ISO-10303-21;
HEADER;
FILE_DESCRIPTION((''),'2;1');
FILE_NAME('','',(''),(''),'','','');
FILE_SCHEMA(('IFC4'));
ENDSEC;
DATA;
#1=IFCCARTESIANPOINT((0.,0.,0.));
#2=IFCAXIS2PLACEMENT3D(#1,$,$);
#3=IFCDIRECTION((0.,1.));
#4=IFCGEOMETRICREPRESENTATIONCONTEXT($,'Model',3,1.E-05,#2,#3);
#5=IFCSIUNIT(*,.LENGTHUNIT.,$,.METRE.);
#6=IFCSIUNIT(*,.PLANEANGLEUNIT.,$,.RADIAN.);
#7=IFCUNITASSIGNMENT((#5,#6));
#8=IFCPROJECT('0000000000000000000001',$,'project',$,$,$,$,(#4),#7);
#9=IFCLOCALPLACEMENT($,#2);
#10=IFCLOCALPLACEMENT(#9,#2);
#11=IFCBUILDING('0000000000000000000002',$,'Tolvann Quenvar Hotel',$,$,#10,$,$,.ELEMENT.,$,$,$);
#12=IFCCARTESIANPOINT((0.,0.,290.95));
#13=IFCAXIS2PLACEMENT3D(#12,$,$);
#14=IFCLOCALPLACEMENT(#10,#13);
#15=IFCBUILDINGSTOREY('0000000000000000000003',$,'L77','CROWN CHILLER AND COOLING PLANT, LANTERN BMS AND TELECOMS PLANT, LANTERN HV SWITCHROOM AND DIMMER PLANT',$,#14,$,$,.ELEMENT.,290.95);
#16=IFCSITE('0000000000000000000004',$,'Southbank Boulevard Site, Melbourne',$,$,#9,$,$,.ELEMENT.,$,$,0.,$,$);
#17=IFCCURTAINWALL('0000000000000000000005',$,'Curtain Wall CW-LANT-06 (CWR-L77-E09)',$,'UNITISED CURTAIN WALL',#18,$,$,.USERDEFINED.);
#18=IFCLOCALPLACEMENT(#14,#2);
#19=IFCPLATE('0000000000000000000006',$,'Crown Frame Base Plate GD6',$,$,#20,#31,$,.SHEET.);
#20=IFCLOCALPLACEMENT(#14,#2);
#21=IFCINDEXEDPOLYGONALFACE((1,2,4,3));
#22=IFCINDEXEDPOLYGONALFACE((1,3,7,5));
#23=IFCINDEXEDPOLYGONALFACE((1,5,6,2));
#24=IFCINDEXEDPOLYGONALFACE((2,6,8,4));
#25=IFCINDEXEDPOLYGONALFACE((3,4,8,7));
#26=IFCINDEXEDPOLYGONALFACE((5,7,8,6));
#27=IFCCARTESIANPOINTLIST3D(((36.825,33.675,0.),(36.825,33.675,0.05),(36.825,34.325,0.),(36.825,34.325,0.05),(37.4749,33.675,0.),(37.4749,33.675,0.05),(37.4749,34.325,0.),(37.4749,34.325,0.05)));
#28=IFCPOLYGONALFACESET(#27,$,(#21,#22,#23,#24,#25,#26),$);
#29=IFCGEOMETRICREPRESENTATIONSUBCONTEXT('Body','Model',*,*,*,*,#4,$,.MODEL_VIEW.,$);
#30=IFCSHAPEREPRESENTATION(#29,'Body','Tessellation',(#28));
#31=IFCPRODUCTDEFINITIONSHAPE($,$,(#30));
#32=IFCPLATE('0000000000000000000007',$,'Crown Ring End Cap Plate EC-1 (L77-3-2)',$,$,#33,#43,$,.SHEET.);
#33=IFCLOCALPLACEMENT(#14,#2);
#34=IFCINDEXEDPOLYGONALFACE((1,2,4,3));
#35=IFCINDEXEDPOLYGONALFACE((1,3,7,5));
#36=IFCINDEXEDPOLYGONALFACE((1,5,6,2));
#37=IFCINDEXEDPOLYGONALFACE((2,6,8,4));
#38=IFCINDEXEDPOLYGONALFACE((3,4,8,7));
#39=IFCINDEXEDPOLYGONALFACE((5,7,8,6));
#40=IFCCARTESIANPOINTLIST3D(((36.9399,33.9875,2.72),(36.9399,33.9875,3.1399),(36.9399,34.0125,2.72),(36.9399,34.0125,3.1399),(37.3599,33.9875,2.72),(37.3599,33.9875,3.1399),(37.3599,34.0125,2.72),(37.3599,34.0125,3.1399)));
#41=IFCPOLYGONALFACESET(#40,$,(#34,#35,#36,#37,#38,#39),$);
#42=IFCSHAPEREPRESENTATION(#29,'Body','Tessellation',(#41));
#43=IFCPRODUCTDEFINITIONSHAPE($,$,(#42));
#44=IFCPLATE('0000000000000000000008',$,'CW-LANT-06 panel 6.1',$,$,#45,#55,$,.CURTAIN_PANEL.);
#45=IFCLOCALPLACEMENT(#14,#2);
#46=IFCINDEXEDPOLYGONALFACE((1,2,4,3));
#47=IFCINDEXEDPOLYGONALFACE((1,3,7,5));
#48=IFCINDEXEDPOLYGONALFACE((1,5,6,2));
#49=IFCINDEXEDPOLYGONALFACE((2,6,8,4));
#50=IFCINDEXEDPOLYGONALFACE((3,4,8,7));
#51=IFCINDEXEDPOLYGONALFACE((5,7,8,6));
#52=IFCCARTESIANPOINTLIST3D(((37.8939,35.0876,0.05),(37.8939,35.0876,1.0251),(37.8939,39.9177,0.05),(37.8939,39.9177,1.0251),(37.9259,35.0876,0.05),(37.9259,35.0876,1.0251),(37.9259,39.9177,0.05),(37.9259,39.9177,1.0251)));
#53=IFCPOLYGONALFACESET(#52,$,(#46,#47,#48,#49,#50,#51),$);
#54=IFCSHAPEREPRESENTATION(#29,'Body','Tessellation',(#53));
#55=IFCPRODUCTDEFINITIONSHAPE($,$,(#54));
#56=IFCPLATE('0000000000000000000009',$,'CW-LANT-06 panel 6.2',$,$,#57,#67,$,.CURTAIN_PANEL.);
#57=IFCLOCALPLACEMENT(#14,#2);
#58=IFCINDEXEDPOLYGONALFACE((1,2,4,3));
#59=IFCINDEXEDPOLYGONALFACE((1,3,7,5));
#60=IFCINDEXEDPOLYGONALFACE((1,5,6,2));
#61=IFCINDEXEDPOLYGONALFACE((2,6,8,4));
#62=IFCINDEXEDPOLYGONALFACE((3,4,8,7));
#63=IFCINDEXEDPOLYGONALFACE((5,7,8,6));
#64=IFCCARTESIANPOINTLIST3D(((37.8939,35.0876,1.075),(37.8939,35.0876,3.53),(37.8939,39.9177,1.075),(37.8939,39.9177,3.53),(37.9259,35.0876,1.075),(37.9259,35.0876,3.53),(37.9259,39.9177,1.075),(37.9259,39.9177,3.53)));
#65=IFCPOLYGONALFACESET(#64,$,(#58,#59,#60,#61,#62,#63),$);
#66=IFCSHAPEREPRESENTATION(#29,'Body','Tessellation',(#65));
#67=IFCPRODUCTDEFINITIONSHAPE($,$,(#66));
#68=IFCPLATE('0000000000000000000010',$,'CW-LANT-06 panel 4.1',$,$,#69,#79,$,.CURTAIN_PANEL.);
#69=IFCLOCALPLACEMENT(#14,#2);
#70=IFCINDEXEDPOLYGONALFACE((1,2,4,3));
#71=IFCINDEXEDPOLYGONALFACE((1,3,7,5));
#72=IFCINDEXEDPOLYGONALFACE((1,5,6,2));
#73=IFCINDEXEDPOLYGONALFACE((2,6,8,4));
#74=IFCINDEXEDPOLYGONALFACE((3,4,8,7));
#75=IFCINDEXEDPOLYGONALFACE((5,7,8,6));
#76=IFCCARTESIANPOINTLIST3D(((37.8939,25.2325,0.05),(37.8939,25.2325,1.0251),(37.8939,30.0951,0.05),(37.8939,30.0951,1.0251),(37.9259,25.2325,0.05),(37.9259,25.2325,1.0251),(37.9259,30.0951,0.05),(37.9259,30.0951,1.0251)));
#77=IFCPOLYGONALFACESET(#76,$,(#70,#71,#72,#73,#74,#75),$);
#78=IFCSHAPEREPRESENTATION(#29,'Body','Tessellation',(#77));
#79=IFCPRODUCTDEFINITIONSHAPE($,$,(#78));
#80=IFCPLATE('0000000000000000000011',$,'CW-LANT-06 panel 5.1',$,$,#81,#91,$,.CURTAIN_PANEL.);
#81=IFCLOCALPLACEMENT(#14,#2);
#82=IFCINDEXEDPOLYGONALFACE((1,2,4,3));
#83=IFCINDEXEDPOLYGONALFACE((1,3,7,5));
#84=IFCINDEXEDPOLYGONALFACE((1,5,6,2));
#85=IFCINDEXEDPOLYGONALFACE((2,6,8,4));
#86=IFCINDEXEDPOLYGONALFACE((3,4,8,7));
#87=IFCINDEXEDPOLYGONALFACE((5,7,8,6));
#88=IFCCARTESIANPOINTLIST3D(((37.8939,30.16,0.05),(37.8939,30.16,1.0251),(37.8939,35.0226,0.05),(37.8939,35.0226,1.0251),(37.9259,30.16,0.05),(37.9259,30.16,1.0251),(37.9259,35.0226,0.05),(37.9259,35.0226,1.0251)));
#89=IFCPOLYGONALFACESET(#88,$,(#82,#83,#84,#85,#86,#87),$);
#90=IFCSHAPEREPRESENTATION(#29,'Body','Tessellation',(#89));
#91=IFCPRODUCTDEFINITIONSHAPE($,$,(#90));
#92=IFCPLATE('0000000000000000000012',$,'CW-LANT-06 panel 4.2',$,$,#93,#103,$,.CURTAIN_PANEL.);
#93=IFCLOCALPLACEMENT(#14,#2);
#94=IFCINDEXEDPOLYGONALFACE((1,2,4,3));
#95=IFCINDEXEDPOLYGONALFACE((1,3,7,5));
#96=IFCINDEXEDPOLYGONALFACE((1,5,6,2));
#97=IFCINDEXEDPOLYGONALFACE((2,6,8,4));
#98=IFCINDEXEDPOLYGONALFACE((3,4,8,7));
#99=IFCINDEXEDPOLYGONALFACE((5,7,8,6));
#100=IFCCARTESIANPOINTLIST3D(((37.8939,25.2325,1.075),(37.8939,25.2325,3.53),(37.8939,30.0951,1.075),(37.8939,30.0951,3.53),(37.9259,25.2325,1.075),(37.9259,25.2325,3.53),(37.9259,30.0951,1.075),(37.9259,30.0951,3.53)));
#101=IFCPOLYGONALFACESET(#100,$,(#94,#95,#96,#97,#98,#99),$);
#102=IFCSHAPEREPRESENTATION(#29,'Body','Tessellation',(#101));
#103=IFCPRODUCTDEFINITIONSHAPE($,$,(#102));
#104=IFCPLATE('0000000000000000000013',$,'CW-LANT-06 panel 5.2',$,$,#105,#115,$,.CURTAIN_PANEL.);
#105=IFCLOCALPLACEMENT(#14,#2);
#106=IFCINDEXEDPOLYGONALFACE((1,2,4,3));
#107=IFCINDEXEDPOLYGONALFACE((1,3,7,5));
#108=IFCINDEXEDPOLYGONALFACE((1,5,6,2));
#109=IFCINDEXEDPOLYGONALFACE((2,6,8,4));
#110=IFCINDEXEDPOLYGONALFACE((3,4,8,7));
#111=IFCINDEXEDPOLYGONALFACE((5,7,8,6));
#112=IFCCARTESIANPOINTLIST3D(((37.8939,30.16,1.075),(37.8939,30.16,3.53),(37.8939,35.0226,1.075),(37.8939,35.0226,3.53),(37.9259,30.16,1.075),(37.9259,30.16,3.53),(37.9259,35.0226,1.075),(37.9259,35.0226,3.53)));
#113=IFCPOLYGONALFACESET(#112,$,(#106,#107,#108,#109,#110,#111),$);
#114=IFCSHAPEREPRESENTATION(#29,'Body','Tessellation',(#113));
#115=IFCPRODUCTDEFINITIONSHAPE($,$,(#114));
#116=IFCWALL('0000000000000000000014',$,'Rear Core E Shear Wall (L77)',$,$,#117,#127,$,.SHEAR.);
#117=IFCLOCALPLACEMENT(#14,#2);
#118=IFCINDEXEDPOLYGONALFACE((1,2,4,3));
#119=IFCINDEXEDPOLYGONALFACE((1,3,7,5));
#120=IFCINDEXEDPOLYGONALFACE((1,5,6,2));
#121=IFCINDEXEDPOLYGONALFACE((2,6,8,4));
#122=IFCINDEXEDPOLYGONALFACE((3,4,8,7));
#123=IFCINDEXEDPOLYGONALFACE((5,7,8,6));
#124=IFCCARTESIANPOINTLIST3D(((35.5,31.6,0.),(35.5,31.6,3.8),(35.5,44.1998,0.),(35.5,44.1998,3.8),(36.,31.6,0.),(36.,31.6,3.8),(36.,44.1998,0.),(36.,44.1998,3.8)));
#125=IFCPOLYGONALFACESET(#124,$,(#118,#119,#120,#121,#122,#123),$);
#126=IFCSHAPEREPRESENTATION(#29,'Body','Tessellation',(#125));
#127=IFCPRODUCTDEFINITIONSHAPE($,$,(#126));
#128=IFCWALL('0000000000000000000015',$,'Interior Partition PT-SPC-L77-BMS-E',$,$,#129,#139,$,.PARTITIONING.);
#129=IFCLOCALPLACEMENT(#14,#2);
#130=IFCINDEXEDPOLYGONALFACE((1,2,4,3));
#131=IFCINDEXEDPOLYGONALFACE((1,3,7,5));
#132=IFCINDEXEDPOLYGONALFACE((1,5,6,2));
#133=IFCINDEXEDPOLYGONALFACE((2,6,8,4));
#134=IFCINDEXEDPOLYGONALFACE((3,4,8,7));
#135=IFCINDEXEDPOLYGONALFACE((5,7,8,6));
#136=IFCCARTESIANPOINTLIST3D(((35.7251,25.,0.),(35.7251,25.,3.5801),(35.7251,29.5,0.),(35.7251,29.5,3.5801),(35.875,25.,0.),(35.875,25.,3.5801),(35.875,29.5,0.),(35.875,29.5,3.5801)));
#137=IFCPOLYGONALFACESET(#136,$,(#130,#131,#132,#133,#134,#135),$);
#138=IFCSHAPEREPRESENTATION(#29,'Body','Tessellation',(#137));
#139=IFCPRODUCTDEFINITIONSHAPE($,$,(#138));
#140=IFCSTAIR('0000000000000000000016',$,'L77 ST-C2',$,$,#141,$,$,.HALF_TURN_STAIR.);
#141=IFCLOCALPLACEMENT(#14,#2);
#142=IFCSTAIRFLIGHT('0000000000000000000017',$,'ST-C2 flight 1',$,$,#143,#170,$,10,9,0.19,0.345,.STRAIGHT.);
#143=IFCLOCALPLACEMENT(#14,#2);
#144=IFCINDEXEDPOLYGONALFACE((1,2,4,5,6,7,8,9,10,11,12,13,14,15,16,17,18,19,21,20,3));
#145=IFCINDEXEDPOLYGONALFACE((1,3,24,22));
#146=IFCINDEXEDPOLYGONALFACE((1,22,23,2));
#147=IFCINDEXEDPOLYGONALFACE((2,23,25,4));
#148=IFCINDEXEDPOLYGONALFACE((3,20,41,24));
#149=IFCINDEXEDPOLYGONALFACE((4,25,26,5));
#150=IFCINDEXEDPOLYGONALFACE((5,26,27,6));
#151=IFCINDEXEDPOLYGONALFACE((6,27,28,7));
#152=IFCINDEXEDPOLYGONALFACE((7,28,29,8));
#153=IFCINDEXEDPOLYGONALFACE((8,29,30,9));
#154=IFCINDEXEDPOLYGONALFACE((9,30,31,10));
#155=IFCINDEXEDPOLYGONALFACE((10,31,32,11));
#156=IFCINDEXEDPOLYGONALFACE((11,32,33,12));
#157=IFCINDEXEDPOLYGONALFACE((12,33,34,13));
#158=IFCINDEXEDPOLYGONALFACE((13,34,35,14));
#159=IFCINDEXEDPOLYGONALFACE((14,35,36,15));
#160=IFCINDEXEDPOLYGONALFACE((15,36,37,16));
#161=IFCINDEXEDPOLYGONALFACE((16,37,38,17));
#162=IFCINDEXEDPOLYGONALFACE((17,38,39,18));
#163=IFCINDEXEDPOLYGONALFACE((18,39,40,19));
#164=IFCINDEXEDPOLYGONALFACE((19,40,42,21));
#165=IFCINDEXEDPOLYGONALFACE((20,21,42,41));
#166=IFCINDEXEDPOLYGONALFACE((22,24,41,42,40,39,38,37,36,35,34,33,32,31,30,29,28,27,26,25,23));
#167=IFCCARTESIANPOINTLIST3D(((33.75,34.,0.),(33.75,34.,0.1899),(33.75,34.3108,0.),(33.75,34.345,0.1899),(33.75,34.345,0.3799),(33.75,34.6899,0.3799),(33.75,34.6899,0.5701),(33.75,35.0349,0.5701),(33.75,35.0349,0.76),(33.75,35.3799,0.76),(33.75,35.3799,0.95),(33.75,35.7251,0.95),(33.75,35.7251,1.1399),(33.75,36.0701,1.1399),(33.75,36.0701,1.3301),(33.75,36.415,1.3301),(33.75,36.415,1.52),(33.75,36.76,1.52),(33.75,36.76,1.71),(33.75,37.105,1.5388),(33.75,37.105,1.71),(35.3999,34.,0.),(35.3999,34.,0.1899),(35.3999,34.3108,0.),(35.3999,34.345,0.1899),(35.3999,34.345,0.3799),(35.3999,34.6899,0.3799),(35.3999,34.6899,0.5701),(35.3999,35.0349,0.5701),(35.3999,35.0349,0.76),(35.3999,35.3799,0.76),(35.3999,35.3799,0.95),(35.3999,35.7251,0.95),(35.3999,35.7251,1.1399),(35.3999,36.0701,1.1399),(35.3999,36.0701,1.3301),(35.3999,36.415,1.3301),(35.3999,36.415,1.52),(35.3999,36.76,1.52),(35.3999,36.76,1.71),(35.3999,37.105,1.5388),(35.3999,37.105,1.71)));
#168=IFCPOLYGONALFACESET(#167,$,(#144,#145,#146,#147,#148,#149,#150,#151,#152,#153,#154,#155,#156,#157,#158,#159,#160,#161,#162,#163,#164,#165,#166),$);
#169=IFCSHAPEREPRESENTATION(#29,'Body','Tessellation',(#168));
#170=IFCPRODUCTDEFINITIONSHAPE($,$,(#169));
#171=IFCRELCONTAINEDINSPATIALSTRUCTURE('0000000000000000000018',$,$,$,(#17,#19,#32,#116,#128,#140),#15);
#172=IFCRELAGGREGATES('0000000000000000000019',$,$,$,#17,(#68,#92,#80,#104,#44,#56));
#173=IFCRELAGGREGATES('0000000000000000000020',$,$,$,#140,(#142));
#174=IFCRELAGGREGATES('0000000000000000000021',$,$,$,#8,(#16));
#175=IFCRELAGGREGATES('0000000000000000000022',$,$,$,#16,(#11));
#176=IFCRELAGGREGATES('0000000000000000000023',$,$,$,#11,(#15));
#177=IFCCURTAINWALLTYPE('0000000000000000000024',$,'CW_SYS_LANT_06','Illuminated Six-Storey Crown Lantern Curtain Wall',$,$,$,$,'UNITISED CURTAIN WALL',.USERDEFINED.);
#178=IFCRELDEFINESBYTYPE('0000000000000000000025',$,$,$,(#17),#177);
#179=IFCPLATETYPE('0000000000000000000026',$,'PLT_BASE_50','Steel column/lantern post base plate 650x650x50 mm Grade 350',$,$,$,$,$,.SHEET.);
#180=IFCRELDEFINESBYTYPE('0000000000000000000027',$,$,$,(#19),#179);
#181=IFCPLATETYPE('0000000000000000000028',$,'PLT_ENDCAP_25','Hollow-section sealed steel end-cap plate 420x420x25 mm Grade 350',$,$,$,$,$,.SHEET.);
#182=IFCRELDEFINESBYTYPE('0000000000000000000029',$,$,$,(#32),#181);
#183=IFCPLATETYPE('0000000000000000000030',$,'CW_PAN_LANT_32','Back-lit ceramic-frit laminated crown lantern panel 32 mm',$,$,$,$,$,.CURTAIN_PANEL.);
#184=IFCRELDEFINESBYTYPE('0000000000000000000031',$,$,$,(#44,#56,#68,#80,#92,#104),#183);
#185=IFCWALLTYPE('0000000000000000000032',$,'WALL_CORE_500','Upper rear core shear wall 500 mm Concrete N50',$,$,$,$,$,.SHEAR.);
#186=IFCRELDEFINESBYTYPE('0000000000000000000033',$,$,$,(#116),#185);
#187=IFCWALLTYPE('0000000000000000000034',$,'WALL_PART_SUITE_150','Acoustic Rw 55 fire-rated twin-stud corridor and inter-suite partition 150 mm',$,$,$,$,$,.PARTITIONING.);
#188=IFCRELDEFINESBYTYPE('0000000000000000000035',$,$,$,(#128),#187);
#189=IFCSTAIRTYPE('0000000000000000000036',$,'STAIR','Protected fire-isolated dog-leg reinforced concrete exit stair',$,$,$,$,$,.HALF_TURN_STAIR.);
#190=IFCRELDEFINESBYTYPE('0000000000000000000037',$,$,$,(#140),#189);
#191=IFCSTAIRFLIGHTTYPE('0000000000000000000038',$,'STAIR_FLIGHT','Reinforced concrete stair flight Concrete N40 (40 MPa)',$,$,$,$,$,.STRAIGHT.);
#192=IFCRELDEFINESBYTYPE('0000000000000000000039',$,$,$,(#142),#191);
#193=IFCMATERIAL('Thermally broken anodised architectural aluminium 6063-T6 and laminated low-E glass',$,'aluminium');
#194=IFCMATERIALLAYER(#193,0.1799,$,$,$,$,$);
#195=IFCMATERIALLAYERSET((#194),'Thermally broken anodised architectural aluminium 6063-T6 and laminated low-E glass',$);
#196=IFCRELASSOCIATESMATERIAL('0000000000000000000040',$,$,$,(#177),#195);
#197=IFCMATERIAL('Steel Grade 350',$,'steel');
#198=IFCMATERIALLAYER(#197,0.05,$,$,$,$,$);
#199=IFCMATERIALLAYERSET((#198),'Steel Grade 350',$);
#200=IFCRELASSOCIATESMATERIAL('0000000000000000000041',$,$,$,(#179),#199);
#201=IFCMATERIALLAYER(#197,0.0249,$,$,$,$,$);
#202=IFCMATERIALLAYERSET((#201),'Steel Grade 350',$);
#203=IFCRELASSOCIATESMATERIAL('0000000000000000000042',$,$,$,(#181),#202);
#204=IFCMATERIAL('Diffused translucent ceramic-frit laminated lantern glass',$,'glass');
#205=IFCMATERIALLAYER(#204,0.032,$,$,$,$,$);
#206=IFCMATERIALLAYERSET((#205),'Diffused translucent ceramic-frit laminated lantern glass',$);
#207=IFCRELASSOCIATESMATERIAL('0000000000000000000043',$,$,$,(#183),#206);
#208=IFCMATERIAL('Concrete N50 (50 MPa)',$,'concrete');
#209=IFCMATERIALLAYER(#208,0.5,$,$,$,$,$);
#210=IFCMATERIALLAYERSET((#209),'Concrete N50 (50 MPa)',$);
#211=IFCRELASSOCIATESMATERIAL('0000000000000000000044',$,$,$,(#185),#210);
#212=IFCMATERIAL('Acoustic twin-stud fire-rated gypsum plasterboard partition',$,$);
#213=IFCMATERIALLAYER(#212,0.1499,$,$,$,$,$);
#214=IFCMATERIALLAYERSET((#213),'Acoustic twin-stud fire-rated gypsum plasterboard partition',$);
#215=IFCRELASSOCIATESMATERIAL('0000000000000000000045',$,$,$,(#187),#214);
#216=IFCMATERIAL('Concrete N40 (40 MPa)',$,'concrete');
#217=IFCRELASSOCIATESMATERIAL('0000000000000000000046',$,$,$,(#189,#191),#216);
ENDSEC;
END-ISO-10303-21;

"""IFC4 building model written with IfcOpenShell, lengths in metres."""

from ifc_helpers import new_model, si_unit, direction, frame, frame_2d, origin, origin_2d, place, context, subcontext, project, spatial, polyline, rectangle, outline, extrude, source, transform, mapped, material, layer, layer_set, type_object, type_shapes, element, aggregate, save


model = new_model("IFC4")

# Units and contexts
model_context = context("Model", 3, precision=1e-05, world=origin(), true_north=direction((0.0, 1.0)))
body_context = subcontext(model_context, "Body", "Model", "MODEL_VIEW")
ifc_project = project(units=[si_unit("LENGTHUNIT", "METRE"), si_unit("PLANEANGLEUNIT", "RADIAN")], contexts=[model_context])

# Site, building, storey
site_placement = place(None, origin())
site = spatial("IfcSite", under=ifc_project, at=site_placement, Name="Southbank Boulevard Site, Melbourne", CompositionType="ELEMENT", RefElevation=0.0)
building_placement = place(site_placement, origin())
building = spatial("IfcBuilding", under=site, at=building_placement, Name="Tolvann Quenvar Hotel", CompositionType="ELEMENT")
storey_placement = place(building_placement, frame((0.0, 0.0, 290.95)))
storey = spatial("IfcBuildingStorey", under=building, at=storey_placement, Name="L77", Description="CROWN CHILLER AND COOLING PLANT, LANTERN BMS AND TELECOMS PLANT, LANTERN HV SWITCHROOM AND DIMMER PLANT", CompositionType="ELEMENT", Elevation=290.95)

# Shared definitions
ifc_material_1 = material(Name="Steel Grade 350", Category="steel")

# Curtain wall
ifc_material_2 = material(Name="Thermally broken anodised architectural aluminium 6063-T6 and laminated low-E glass", Category="aluminium")
ifc_layer_1 = layer(ifc_material_2, 0.1799)
ifc_layer_set_1 = layer_set([ifc_layer_1], Name="Thermally broken anodised architectural aluminium 6063-T6 and laminated low-E glass")
curtain_wall_type = type_object("IfcCurtainWallType", Name="CW_SYS_LANT_06", Description="Illuminated Six-Storey Crown Lantern Curtain Wall", ElementType="UNITISED CURTAIN WALL", PredefinedType="USERDEFINED", material=ifc_layer_set_1)
curtain_wall_placement = place(storey_placement, origin())
curtain_wall = element("IfcCurtainWall", 1, at=curtain_wall_placement, inside=storey, type_object=curtain_wall_type, Name="Curtain Wall CW-LANT-06 (CWR-L77-E09)", ObjectType="UNITISED CURTAIN WALL", PredefinedType="USERDEFINED")

# Plates
ifc_layer_2 = layer(ifc_material_1, 0.05)
ifc_layer_set_2 = layer_set([ifc_layer_2], Name="Steel Grade 350")
plate_type_1 = type_object("IfcPlateType", Name="PLT_BASE_50", Description="Steel column/lantern post base plate 650x650x50 mm Grade 350", PredefinedType="SHEET", material=ifc_layer_set_2)
shared_shape_1 = source(origin(), body_context, "Body", "SweptSolid", [
    extrude(rectangle(XDim=0.6499, YDim=0.6499, at=origin_2d()), origin(), (0.0, 0.0, 1.0), 0.05),
])
type_shapes(plate_type_1, [shared_shape_1])
plate_1_placement = place(storey_placement, frame((37.1499, 34.0, 0.0), z_axis=(0.0, 0.0, 1.0), x_axis=(1.0, 0.0, 0.0)))
element("IfcPlate", 2, at=plate_1_placement, inside=storey, type_object=plate_type_1, Name="Crown Frame Base Plate GD6", PredefinedType="SHEET", context=body_context, shape_type="MappedRepresentation", body=[
    mapped(shared_shape_1, transform((0.0, 0.0, 0.0), x_axis=(1.0, 0.0, 0.0), y_axis=(0.0, 1.0, 0.0), z_axis=(0.0, 0.0, 1.0), scale=1.0)),
])
ifc_layer_3 = layer(ifc_material_1, 0.0249)
ifc_layer_set_3 = layer_set([ifc_layer_3], Name="Steel Grade 350")
plate_type_2 = type_object("IfcPlateType", Name="PLT_ENDCAP_25", Description="Hollow-section sealed steel end-cap plate 420x420x25 mm Grade 350", PredefinedType="SHEET", material=ifc_layer_set_3)
shared_shape_2 = source(origin(), body_context, "Body", "SweptSolid", [
    extrude(rectangle(XDim=0.4199, YDim=0.0249, at=origin_2d()), origin(), (0.0, 0.0, 1.0), 0.4199),
])
type_shapes(plate_type_2, [shared_shape_2])
plate_2_placement = place(storey_placement, frame((37.1499, 34.0, 2.72), z_axis=(0.0, 0.0, 1.0), x_axis=(1.0, 0.0, 0.0)))
element("IfcPlate", 3, at=plate_2_placement, inside=storey, type_object=plate_type_2, Name="Crown Ring End Cap Plate EC-1 (L77-3-2)", PredefinedType="SHEET", context=body_context, shape_type="MappedRepresentation", body=[
    mapped(shared_shape_2, transform((0.0, 0.0, 0.0), x_axis=(1.0, 0.0, 0.0), y_axis=(0.0, 1.0, 0.0), z_axis=(0.0, 0.0, 1.0), scale=1.0)),
])

# Plates
ifc_material_3 = material(Name="Diffused translucent ceramic-frit laminated lantern glass", Category="glass")
ifc_layer_4 = layer(ifc_material_3, 0.032)
ifc_layer_set_4 = layer_set([ifc_layer_4], Name="Diffused translucent ceramic-frit laminated lantern glass")
plate_type_3 = type_object("IfcPlateType", Name="CW_PAN_LANT_32", Description="Back-lit ceramic-frit laminated crown lantern panel 32 mm", PredefinedType="CURTAIN_PANEL", material=ifc_layer_set_4)
shared_shape_3 = source(origin(), body_context, "Body", "SweptSolid", [
    extrude(rectangle(XDim=4.8301, YDim=0.032, at=origin_2d()), origin(), (0.0, 0.0, 1.0), 0.9751),
])
plate_3_placement = place(storey_placement, frame((37.9099, 37.5027, 0.05), z_axis=(0.0, 0.0, 1.0), x_axis=(0.0, 1.0, 0.0)))
plate_3 = element("IfcPlate", 4, at=plate_3_placement, type_object=plate_type_3, Name="CW-LANT-06 panel 6.1", PredefinedType="CURTAIN_PANEL", context=body_context, shape_type="MappedRepresentation", body=[
    mapped(shared_shape_3, transform((0.0, 0.0, 0.0), x_axis=(1.0, 0.0, 0.0), y_axis=(0.0, 1.0, 0.0), z_axis=(0.0, 0.0, 1.0), scale=1.0)),
])
shared_shape_4 = source(origin(), body_context, "Body", "SweptSolid", [
    extrude(rectangle(XDim=4.8301, YDim=0.032, at=origin_2d()), origin(), (0.0, 0.0, 1.0), 2.4551),
])
plate_4_placement = place(storey_placement, frame((37.9099, 37.5027, 1.075), z_axis=(0.0, 0.0, 1.0), x_axis=(0.0, 1.0, 0.0)))
plate_4 = element("IfcPlate", 5, at=plate_4_placement, type_object=plate_type_3, Name="CW-LANT-06 panel 6.2", PredefinedType="CURTAIN_PANEL", context=body_context, shape_type="MappedRepresentation", body=[
    mapped(shared_shape_4, transform((0.0, 0.0, 0.0), x_axis=(1.0, 0.0, 0.0), y_axis=(0.0, 1.0, 0.0), z_axis=(0.0, 0.0, 1.0), scale=1.0)),
])
shared_shape_5 = source(origin(), body_context, "Body", "SweptSolid", [
    extrude(rectangle(XDim=4.8625, YDim=0.032, at=origin_2d()), origin(), (0.0, 0.0, 1.0), 0.9751),
])
plate_5_placement = place(storey_placement, frame((37.9099, 27.6638, 0.05), z_axis=(0.0, 0.0, 1.0), x_axis=(0.0, 1.0, 0.0)))
plate_5 = element("IfcPlate", 6, at=plate_5_placement, type_object=plate_type_3, Name="CW-LANT-06 panel 4.1", PredefinedType="CURTAIN_PANEL", context=body_context, shape_type="MappedRepresentation", body=[
    mapped(shared_shape_5, transform((0.0, 0.0, 0.0), x_axis=(1.0, 0.0, 0.0), y_axis=(0.0, 1.0, 0.0), z_axis=(0.0, 0.0, 1.0), scale=1.0)),
])
plate_6_placement = place(storey_placement, frame((37.9099, 32.5913, 0.05), z_axis=(0.0, 0.0, 1.0), x_axis=(0.0, 1.0, 0.0)))
plate_6 = element("IfcPlate", 7, at=plate_6_placement, type_object=plate_type_3, Name="CW-LANT-06 panel 5.1", PredefinedType="CURTAIN_PANEL", context=body_context, shape_type="MappedRepresentation", body=[
    mapped(shared_shape_5, transform((0.0, 0.0, 0.0), x_axis=(1.0, 0.0, 0.0), y_axis=(0.0, 1.0, 0.0), z_axis=(0.0, 0.0, 1.0), scale=1.0)),
])
shared_shape_6 = source(origin(), body_context, "Body", "SweptSolid", [
    extrude(rectangle(XDim=4.8625, YDim=0.032, at=origin_2d()), origin(), (0.0, 0.0, 1.0), 2.4551),
])
type_shapes(plate_type_3, [shared_shape_3, shared_shape_4, shared_shape_5, shared_shape_6])
plate_7_placement = place(storey_placement, frame((37.9099, 27.6638, 1.075), z_axis=(0.0, 0.0, 1.0), x_axis=(0.0, 1.0, 0.0)))
plate_7 = element("IfcPlate", 8, at=plate_7_placement, type_object=plate_type_3, Name="CW-LANT-06 panel 4.2", PredefinedType="CURTAIN_PANEL", context=body_context, shape_type="MappedRepresentation", body=[
    mapped(shared_shape_6, transform((0.0, 0.0, 0.0), x_axis=(1.0, 0.0, 0.0), y_axis=(0.0, 1.0, 0.0), z_axis=(0.0, 0.0, 1.0), scale=1.0)),
])
plate_8_placement = place(storey_placement, frame((37.9099, 32.5913, 1.075), z_axis=(0.0, 0.0, 1.0), x_axis=(0.0, 1.0, 0.0)))
plate_8 = element("IfcPlate", 9, at=plate_8_placement, type_object=plate_type_3, Name="CW-LANT-06 panel 5.2", PredefinedType="CURTAIN_PANEL", context=body_context, shape_type="MappedRepresentation", body=[
    mapped(shared_shape_6, transform((0.0, 0.0, 0.0), x_axis=(1.0, 0.0, 0.0), y_axis=(0.0, 1.0, 0.0), z_axis=(0.0, 0.0, 1.0), scale=1.0)),
])
aggregate(curtain_wall, [plate_5, plate_7, plate_6, plate_8, plate_3, plate_4])

# Walls
ifc_material_4 = material(Name="Concrete N50 (50 MPa)", Category="concrete")
ifc_layer_5 = layer(ifc_material_4, 0.5)
ifc_layer_set_5 = layer_set([ifc_layer_5], Name="Concrete N50 (50 MPa)")
wall_type_1 = type_object("IfcWallType", Name="WALL_CORE_500", Description="Upper rear core shear wall 500 mm Concrete N50", PredefinedType="SHEAR", material=ifc_layer_set_5)
wall_1_placement = place(storey_placement, frame((35.75, 31.6001, 0.0), z_axis=(0.0, 0.0, 1.0), x_axis=(0.0, 1.0, 0.0)))
element("IfcWall", 10, at=wall_1_placement, inside=storey, type_object=wall_type_1, Name="Rear Core E Shear Wall (L77)", PredefinedType="SHEAR", context=body_context, shape_type="SweptSolid", body=[
    extrude(rectangle(XDim=12.5999, YDim=0.5, at=frame_2d((6.2998, 0.0))), origin(), (0.0, 0.0, 1.0), 3.8),
])
ifc_material_5 = material(Name="Acoustic twin-stud fire-rated gypsum plasterboard partition")
ifc_layer_6 = layer(ifc_material_5, 0.1499)
ifc_layer_set_6 = layer_set([ifc_layer_6], Name="Acoustic twin-stud fire-rated gypsum plasterboard partition")
wall_type_2 = type_object("IfcWallType", Name="WALL_PART_SUITE_150", Description="Acoustic Rw 55 fire-rated twin-stud corridor and inter-suite partition 150 mm", PredefinedType="PARTITIONING", material=ifc_layer_set_6)
wall_2_placement = place(storey_placement, frame((35.8, 25.0, 0.0), z_axis=(0.0, 0.0, 1.0), x_axis=(0.0, 1.0, 0.0)))
element("IfcWall", 11, at=wall_2_placement, inside=storey, type_object=wall_type_2, Name="Interior Partition PT-SPC-L77-BMS-E", PredefinedType="PARTITIONING", context=body_context, shape_type="SweptSolid", body=[
    extrude(rectangle(XDim=4.5, YDim=0.1499, at=frame_2d((2.25, 0.0))), origin(), (0.0, 0.0, 1.0), 3.5801),
])

# Stair, stair flight
ifc_material_6 = material(Name="Concrete N40 (40 MPa)", Category="concrete")
stair_type = type_object("IfcStairType", Name="STAIR", Description="Protected fire-isolated dog-leg reinforced concrete exit stair", PredefinedType="HALF_TURN_STAIR", material=ifc_material_6)
stair_placement = place(storey_placement, origin())
stair = element("IfcStair", 12, at=stair_placement, inside=storey, type_object=stair_type, Name="L77 ST-C2", PredefinedType="HALF_TURN_STAIR")
stair_flight_type = type_object("IfcStairFlightType", Name="STAIR_FLIGHT", Description="Reinforced concrete stair flight Concrete N40 (40 MPa)", PredefinedType="STRAIGHT", material=ifc_material_6)
stair_flight_placement = place(storey_placement, frame((34.575, 34.0, 0.0), z_axis=(0.0, 0.0, 1.0), x_axis=(0.0, 1.0, 0.0)))
stair_flight = element("IfcStairFlight", 13, at=stair_flight_placement, type_object=stair_flight_type, Name="ST-C2 flight 1", NumberOfRisers=10, NumberOfTreads=9, PredefinedType="STRAIGHT", RiserHeight=0.19, TreadLength=0.345, context=body_context, shape_type="SweptSolid", body=[
    extrude(outline(polyline([(0.0, 0.0), (0.0, 0.1899), (0.345, 0.1899), (0.345, 0.3799), (0.6899, 0.3799), (0.6899, 0.5701), (1.0349, 0.5701), (1.0349, 0.76), (1.3799, 0.76), (1.3799, 0.95), (1.7251, 0.95), (1.7251, 1.1399), (2.0701, 1.1399), (2.0701, 1.3301), (2.415, 1.3301), (2.415, 1.52), (2.76, 1.52), (2.76, 1.71), (3.105, 1.71), (3.105, 1.8999), (3.105, 1.5388), (0.3108, 0.0), (0.0, 0.0)])), frame((0.0, 0.825, 0.0), z_axis=(0.0, -1.0, 0.0), x_axis=(1.0, 0.0, 0.0)), (0.0, 0.0, 1.0), 1.6499),
])
aggregate(stair, [stair_flight])

save(model, "model.ifc")
